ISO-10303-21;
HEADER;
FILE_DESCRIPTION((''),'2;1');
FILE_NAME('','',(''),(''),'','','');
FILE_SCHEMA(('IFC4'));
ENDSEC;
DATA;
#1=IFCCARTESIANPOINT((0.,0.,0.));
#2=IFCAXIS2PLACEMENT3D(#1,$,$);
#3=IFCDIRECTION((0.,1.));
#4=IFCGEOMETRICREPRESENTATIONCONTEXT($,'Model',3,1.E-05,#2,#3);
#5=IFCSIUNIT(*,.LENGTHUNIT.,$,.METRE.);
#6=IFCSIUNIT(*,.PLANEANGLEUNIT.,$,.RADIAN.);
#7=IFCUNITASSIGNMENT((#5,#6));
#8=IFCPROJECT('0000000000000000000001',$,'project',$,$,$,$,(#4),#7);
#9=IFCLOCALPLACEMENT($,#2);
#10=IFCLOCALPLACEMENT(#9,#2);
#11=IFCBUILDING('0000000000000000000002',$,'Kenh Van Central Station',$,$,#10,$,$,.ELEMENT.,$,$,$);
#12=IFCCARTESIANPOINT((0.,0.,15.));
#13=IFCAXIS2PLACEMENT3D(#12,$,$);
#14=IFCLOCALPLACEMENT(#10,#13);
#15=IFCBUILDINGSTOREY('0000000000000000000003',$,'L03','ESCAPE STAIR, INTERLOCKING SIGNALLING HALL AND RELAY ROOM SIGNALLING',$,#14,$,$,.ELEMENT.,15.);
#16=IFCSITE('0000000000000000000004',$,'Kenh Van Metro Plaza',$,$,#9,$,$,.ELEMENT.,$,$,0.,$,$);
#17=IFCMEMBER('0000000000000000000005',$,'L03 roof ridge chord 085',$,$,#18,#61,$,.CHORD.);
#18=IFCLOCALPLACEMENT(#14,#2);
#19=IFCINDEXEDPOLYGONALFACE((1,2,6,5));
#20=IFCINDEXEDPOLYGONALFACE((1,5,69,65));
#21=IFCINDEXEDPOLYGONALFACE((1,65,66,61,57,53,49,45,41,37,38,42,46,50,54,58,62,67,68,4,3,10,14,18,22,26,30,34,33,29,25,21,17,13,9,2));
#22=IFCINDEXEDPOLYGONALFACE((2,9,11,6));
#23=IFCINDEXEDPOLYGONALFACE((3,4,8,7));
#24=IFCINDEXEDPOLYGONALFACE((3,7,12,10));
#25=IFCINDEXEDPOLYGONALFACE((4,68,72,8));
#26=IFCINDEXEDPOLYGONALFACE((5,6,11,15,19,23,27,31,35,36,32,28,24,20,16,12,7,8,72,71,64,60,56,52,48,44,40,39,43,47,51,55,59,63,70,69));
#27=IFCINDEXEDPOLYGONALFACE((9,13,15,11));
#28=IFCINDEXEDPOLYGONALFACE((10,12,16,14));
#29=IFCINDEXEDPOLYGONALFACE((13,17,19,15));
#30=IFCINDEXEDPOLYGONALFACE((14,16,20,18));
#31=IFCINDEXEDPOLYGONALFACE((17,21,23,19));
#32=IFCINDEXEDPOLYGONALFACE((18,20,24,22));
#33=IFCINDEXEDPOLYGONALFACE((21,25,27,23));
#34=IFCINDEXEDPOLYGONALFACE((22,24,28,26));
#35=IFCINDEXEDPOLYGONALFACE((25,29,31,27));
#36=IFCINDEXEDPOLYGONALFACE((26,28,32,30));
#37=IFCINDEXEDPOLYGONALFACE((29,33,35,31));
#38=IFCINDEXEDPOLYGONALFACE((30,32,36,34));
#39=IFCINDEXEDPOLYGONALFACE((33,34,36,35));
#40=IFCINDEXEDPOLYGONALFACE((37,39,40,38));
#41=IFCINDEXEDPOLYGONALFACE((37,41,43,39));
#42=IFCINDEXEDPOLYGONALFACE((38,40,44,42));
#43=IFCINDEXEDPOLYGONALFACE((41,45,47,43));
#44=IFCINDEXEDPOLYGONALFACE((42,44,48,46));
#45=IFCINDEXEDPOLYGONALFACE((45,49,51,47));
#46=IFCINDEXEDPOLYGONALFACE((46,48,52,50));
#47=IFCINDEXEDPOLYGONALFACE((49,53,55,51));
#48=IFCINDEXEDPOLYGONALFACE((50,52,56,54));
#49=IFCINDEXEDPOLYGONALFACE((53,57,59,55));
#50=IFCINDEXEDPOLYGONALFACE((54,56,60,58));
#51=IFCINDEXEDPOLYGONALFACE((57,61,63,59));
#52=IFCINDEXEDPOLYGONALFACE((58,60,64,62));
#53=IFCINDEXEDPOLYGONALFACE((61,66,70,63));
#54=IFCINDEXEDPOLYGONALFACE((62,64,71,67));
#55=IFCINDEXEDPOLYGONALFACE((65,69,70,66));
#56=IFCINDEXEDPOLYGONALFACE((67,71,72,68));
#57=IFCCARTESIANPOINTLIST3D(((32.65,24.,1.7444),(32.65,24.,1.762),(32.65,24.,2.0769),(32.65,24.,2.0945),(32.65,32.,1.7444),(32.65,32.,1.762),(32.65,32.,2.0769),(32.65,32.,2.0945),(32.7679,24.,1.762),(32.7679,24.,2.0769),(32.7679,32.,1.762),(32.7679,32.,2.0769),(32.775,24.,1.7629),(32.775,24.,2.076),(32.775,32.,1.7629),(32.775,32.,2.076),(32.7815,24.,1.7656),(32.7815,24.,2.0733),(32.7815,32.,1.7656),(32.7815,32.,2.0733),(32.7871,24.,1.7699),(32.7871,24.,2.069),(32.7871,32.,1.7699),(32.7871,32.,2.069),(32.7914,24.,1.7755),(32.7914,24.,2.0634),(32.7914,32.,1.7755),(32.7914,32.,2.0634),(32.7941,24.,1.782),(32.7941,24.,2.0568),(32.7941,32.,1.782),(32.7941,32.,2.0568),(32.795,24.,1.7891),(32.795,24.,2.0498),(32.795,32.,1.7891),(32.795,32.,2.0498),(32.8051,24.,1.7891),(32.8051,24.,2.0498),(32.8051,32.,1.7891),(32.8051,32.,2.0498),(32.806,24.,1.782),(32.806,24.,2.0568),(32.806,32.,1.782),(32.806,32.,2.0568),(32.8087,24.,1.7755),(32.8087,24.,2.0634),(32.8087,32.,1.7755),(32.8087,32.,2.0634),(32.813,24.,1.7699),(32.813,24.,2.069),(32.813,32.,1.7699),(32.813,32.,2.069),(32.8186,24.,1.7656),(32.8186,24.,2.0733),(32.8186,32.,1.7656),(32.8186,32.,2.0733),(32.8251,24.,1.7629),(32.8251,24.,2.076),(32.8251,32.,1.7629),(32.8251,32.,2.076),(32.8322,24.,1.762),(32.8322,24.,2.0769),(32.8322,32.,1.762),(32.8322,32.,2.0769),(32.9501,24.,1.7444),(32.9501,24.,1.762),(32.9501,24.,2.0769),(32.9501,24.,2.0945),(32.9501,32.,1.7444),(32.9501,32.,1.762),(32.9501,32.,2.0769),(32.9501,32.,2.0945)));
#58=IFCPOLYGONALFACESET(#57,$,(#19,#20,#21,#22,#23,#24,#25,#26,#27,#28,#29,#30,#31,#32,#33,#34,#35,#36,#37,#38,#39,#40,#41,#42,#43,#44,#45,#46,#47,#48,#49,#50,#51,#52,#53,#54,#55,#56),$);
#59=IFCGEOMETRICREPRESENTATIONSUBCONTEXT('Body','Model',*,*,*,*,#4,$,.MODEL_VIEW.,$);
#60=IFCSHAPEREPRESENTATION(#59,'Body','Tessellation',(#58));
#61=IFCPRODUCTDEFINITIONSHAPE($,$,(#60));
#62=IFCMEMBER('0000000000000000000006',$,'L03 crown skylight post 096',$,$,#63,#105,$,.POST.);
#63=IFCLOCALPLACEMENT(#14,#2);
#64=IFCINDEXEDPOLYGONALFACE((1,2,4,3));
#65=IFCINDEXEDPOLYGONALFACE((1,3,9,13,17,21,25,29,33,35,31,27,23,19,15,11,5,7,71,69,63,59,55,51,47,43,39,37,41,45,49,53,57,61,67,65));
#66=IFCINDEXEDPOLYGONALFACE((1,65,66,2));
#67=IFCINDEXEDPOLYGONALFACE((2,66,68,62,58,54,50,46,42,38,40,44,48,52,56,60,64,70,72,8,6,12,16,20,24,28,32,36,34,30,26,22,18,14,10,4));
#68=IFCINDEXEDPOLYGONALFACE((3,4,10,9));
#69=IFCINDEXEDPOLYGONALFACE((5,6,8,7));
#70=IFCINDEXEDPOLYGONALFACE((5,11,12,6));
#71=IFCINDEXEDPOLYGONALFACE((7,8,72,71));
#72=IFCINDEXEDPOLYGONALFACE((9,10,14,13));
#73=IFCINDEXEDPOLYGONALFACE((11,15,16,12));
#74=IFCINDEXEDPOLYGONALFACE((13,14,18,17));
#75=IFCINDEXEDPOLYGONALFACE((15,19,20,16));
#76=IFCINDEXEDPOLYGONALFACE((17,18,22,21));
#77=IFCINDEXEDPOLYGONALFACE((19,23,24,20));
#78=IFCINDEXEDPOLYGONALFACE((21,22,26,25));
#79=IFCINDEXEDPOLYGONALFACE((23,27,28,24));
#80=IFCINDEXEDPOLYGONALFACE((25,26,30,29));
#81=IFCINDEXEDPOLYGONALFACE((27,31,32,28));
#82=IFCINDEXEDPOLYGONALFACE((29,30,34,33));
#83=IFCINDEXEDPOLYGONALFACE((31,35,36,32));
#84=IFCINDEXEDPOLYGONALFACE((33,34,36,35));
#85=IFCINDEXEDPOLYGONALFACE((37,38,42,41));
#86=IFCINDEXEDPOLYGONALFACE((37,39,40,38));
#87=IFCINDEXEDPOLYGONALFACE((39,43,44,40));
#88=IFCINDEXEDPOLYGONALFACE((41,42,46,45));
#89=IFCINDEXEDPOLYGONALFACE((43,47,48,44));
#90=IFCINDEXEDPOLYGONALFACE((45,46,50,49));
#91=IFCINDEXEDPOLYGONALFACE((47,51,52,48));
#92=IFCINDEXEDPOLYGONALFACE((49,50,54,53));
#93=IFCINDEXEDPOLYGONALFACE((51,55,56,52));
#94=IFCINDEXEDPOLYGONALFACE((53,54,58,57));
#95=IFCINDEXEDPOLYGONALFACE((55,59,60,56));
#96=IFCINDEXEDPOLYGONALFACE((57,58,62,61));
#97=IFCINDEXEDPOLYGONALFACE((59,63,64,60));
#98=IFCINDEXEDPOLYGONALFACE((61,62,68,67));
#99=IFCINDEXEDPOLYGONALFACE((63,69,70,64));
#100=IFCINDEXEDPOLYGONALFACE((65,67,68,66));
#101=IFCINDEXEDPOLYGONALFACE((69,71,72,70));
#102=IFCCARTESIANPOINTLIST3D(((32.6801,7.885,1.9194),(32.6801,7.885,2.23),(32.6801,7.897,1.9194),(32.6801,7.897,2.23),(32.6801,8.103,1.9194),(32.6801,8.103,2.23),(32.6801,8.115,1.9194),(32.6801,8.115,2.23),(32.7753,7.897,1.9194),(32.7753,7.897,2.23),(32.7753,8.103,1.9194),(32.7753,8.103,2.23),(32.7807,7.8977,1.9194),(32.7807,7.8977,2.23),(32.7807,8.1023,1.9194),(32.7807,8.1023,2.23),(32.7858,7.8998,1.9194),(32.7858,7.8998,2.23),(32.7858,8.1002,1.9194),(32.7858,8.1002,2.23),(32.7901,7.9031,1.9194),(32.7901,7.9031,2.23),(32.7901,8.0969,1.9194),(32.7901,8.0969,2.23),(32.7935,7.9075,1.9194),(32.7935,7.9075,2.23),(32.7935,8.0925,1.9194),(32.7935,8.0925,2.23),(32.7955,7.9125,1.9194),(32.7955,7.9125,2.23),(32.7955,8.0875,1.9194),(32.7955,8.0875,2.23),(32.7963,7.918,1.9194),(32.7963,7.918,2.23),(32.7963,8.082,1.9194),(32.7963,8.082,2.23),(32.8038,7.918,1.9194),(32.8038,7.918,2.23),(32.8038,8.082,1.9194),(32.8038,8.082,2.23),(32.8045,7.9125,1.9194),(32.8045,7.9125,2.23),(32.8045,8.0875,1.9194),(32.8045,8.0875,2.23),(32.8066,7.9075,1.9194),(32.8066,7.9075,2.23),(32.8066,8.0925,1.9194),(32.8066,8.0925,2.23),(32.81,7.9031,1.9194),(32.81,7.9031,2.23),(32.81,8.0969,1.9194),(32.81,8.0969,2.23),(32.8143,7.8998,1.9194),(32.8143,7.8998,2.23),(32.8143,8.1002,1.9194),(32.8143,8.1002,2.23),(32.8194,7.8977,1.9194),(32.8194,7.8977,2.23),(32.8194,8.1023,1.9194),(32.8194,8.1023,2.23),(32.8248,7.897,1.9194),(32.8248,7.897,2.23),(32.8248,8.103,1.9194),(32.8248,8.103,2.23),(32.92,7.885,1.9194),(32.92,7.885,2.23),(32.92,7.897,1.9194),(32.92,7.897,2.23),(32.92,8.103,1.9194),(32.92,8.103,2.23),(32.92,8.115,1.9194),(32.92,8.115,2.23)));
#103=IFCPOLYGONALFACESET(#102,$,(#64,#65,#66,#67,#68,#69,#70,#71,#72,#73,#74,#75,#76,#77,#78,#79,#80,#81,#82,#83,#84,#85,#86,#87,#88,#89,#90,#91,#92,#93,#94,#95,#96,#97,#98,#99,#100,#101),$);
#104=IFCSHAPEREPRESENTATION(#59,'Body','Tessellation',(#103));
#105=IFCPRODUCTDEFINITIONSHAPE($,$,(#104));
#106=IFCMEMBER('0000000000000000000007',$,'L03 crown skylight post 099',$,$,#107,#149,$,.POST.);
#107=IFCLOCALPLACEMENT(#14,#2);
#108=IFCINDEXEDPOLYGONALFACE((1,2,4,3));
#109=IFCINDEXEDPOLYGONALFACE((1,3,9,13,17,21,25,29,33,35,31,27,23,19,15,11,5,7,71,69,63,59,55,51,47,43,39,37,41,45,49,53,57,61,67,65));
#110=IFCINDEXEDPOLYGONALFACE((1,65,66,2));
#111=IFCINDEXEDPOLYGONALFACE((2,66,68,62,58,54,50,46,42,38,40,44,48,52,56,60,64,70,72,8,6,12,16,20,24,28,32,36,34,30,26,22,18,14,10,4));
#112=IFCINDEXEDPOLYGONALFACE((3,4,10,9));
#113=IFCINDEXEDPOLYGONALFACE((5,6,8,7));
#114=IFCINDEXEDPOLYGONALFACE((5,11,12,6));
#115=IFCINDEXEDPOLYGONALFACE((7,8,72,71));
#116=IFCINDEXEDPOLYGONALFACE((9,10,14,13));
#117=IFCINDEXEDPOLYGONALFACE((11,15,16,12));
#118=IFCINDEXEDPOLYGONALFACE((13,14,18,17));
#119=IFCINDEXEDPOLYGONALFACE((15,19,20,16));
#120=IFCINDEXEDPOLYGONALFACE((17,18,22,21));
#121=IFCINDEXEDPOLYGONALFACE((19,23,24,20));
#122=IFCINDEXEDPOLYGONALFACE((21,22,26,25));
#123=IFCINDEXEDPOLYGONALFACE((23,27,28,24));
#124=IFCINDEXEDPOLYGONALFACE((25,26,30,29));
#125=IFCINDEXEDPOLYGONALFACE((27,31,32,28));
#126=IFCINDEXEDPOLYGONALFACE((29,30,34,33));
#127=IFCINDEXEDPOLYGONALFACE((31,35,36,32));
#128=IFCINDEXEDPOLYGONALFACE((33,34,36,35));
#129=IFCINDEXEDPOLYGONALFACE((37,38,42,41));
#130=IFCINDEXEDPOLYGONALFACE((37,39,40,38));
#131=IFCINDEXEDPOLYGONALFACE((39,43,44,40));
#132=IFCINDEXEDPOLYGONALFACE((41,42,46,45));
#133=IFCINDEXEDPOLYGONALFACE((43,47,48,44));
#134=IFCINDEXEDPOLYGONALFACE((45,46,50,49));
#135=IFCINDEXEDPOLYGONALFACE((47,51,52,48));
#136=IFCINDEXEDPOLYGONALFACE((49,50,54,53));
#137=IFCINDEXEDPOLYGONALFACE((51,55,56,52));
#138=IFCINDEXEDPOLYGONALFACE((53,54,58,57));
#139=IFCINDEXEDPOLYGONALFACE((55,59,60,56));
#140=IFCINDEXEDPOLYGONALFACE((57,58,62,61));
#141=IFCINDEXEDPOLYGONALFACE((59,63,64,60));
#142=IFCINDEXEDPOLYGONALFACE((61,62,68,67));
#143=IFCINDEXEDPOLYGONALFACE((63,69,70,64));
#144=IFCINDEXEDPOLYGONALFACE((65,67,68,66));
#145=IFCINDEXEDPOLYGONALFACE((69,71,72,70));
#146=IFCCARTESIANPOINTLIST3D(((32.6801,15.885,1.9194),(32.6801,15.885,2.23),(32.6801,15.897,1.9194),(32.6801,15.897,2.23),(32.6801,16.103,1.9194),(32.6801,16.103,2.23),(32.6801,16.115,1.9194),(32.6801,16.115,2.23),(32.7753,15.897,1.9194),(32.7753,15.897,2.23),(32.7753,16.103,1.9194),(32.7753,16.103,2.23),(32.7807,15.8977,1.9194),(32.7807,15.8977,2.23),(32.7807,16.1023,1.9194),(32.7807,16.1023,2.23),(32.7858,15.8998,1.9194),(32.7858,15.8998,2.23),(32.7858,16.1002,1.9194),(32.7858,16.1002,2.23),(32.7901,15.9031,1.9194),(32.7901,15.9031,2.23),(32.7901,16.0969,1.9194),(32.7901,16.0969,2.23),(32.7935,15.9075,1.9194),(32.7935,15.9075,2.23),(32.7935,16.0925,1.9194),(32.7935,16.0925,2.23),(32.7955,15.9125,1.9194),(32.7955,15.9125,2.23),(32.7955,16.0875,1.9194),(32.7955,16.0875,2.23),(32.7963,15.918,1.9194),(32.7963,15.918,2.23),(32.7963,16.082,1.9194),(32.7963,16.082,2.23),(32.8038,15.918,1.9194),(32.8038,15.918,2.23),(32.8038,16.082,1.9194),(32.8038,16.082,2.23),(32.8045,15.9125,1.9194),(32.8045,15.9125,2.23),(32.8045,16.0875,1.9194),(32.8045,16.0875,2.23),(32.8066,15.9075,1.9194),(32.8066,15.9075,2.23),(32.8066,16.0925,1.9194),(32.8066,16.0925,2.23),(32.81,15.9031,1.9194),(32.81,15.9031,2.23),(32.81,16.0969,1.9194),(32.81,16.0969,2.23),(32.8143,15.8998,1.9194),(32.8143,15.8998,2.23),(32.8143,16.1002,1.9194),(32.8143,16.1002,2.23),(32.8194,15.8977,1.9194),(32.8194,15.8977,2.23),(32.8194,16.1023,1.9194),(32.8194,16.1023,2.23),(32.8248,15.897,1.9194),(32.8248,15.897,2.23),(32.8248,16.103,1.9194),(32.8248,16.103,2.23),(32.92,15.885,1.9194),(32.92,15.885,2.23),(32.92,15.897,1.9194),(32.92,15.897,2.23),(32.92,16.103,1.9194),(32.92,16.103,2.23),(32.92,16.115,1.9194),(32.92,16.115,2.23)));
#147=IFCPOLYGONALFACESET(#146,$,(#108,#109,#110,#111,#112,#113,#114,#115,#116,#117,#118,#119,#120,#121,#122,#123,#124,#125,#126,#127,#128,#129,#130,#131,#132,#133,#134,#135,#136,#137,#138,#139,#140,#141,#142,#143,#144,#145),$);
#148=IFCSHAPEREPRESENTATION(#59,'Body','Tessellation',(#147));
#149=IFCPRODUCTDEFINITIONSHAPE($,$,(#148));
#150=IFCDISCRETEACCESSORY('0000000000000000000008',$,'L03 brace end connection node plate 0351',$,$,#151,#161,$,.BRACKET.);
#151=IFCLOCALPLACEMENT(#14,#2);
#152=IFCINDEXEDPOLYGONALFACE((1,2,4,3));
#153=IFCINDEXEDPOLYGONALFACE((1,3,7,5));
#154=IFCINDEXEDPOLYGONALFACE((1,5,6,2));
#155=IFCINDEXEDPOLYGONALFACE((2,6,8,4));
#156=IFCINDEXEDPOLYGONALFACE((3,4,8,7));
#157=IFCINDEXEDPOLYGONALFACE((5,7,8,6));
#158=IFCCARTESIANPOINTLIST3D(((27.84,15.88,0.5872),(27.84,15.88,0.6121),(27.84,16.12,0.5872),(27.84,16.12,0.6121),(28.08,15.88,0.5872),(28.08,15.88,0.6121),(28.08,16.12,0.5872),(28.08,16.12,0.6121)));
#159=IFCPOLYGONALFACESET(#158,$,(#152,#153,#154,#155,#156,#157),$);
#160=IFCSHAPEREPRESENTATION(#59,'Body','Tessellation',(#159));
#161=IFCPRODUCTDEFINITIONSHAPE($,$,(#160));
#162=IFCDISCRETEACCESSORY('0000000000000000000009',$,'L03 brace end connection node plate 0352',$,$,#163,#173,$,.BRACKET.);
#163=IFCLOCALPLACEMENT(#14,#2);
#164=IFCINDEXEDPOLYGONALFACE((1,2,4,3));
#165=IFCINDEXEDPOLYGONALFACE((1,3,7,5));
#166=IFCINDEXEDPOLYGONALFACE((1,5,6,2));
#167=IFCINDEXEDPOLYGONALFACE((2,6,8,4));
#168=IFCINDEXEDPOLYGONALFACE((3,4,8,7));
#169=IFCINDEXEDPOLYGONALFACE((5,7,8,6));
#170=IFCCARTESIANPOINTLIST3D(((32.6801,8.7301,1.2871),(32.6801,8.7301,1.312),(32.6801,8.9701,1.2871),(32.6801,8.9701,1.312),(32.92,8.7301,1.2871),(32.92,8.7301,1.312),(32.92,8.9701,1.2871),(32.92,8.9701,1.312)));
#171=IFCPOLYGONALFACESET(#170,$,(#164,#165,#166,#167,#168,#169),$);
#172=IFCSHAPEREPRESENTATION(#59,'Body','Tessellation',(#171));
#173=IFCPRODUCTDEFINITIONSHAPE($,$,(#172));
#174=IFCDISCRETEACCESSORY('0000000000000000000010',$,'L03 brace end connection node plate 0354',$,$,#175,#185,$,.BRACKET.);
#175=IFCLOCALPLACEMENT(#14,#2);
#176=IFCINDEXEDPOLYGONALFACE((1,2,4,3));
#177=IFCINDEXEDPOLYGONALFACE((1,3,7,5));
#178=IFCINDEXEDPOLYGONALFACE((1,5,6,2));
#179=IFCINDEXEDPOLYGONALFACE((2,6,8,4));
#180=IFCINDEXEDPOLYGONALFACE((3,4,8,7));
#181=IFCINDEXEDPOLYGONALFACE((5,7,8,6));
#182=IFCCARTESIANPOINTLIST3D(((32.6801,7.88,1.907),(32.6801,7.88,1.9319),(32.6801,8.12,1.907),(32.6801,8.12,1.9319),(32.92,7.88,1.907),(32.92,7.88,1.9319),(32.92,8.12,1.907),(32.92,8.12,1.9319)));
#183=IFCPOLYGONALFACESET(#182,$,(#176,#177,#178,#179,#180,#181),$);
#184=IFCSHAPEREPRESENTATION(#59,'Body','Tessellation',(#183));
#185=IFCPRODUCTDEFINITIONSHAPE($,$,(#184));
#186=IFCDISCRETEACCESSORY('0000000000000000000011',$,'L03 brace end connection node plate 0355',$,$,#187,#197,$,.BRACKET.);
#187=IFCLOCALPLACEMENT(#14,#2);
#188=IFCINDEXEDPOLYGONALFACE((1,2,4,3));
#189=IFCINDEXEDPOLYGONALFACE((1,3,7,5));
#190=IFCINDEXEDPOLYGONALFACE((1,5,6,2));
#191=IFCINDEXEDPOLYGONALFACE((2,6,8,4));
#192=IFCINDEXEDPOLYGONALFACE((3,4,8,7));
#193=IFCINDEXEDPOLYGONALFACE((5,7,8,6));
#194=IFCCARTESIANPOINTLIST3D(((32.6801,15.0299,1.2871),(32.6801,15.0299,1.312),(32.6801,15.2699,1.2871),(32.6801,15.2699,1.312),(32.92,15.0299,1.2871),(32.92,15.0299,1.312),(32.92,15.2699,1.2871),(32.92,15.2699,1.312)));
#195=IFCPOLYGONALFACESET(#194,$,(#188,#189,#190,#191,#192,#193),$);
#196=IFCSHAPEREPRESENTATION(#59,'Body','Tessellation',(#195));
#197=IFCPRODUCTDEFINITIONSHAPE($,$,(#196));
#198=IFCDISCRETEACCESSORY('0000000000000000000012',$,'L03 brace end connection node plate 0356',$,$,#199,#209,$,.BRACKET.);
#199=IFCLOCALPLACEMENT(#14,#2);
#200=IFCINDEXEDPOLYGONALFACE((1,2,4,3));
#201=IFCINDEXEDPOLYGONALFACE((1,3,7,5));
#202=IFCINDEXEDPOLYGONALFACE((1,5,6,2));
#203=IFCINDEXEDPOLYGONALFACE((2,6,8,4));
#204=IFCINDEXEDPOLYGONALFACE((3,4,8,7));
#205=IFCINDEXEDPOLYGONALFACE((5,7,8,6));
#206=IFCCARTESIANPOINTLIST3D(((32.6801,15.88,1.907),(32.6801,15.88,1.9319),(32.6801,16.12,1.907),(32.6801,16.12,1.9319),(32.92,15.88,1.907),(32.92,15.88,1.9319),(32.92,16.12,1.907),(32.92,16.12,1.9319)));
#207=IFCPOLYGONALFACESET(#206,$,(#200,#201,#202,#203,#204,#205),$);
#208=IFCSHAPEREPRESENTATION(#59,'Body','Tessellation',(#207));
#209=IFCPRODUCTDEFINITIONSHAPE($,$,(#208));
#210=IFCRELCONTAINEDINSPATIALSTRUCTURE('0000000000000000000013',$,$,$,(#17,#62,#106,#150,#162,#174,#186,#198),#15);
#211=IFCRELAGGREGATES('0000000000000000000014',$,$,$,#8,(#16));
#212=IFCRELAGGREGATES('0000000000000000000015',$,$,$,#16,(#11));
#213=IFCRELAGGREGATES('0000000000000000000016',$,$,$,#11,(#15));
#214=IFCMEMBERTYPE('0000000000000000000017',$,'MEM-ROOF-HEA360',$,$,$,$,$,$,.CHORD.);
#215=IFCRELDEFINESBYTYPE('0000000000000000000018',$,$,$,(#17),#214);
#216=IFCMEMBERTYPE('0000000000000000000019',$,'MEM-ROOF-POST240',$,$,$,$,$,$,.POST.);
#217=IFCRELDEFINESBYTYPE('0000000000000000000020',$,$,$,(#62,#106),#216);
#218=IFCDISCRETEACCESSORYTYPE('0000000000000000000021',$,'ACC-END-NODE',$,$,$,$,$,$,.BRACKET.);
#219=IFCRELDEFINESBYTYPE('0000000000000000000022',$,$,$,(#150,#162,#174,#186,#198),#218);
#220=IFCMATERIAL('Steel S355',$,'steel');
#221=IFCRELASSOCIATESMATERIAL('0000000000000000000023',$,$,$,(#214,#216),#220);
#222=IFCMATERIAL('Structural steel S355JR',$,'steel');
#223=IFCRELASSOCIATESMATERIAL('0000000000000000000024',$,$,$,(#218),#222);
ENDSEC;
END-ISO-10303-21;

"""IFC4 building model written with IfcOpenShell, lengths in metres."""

from ifc_helpers import new_model, si_unit, direction, frame, origin, origin_2d, place, context, subcontext, project, spatial, rectangle, i_section, extrude, material, material_profile, profile_set, type_object, element, save


model = new_model("IFC4")

# Units and contexts
model_context = context("Model", 3, precision=1e-05, world=origin(), true_north=direction((0.0, 1.0)))
body_context = subcontext(model_context, "Body", "Model", "MODEL_VIEW")
ifc_project = project(units=[si_unit("LENGTHUNIT", "METRE"), si_unit("PLANEANGLEUNIT", "RADIAN")], contexts=[model_context])

# Site, building, storey
site_placement = place(None, origin())
site = spatial("IfcSite", under=ifc_project, at=site_placement, Name="Kenh Van Metro Plaza", CompositionType="ELEMENT", RefElevation=0.0)
building_placement = place(site_placement, origin())
building = spatial("IfcBuilding", under=site, at=building_placement, Name="Kenh Van Central Station", CompositionType="ELEMENT")
storey_placement = place(building_placement, frame((0.0, 0.0, 15.0)))
storey = spatial("IfcBuildingStorey", under=building, at=storey_placement, Name="L03", Description="ESCAPE STAIR, INTERLOCKING SIGNALLING HALL AND RELAY ROOM SIGNALLING", CompositionType="ELEMENT", Elevation=15.0)

# Shared definitions
ifc_material_1 = material(Name="Steel S355", Category="steel")

# Members
ifc_material_profile_1 = material_profile(ifc_material_1, i_section(OverallWidth=0.3, OverallDepth=0.3501, WebThickness=0.01, FlangeThickness=0.0176, FilletRadius=0.0271, at=origin_2d()), Name="HEA 360")
ifc_profile_set_1 = profile_set([ifc_material_profile_1], Name="Steel S355")
member_type_1 = type_object("IfcMemberType", Name="MEM-ROOF-HEA360", PredefinedType="CHORD", material=ifc_profile_set_1)
for number, where, z_axis, x_axis, name in (
    (1, (32.8, 24.0, 1.9194), (0.0, 1.0, 0.0), (-1.0, 0.0, 0.0), "L03 roof ridge chord 085"),
):
    element("IfcMember", number, at=place(storey_placement, frame(where, z_axis=z_axis, x_axis=x_axis)), inside=storey, type_object=member_type_1, Name=name, PredefinedType="CHORD", context=body_context, shape_type="SweptSolid", body=[
        extrude(i_section(OverallWidth=0.3, OverallDepth=0.3501, WebThickness=0.01, FlangeThickness=0.0176, FilletRadius=0.0271, at=origin_2d()), origin(), (0.0, 0.0, 1.0), 8.0),
    ])
ifc_material_profile_2 = material_profile(ifc_material_1, i_section(OverallWidth=0.24, OverallDepth=0.23, WebThickness=0.0076, FlangeThickness=0.012, FilletRadius=0.021, at=origin_2d()), Name="HEA 240")
ifc_profile_set_2 = profile_set([ifc_material_profile_2], Name="Steel S355")
member_type_2 = type_object("IfcMemberType", Name="MEM-ROOF-POST240", PredefinedType="POST", material=ifc_profile_set_2)
for number, where, z_axis, x_axis, name in (
    (2, (32.8, 8.0, 1.9194), (0.0, 0.0, 1.0), (1.0, 0.0, 0.0), "L03 crown skylight post 096"),
    (3, (32.8, 16.0, 1.9194), (0.0, 0.0, 1.0), (1.0, 0.0, 0.0), "L03 crown skylight post 099"),
):
    element("IfcMember", number, at=place(storey_placement, frame(where, z_axis=z_axis, x_axis=x_axis)), inside=storey, type_object=member_type_2, Name=name, PredefinedType="POST", context=body_context, shape_type="SweptSolid", body=[
        extrude(i_section(OverallWidth=0.24, OverallDepth=0.23, WebThickness=0.0076, FlangeThickness=0.012, FilletRadius=0.021, at=origin_2d()), origin(), (0.0, 0.0, 1.0), 0.3105),
    ])

# Discrete accessories
ifc_material_2 = material(Name="Structural steel S355JR", Category="steel")
discrete_accessory_type = type_object("IfcDiscreteAccessoryType", Name="ACC-END-NODE", PredefinedType="BRACKET", material=ifc_material_2)
for number, where, z_axis, x_axis, name in (
    (4, (27.96, 16.0, 0.5872), (0.0, 0.0, 1.0), (1.0, 0.0, 0.0), "L03 brace end connection node plate 0351"),
    (5, (32.8, 8.8501, 1.2871), (0.0, 0.0, 1.0), (1.0, 0.0, 0.0), "L03 brace end connection node plate 0352"),
    (6, (32.8, 8.0, 1.907), (0.0, 0.0, 1.0), (1.0, 0.0, 0.0), "L03 brace end connection node plate 0354"),
    (7, (32.8, 15.1499, 1.2871), (0.0, 0.0, 1.0), (1.0, 0.0, 0.0), "L03 brace end connection node plate 0355"),
    (8, (32.8, 16.0, 1.907), (0.0, 0.0, 1.0), (1.0, 0.0, 0.0), "L03 brace end connection node plate 0356"),
):
    element("IfcDiscreteAccessory", number, at=place(storey_placement, frame(where, z_axis=z_axis, x_axis=x_axis)), inside=storey, type_object=discrete_accessory_type, Name=name, PredefinedType="BRACKET", context=body_context, shape_type="SweptSolid", body=[
        extrude(rectangle(XDim=0.24, YDim=0.24, at=origin_2d()), origin(), (0.0, 0.0, 1.0), 0.0249),
    ])

save(model, "model.ifc")
